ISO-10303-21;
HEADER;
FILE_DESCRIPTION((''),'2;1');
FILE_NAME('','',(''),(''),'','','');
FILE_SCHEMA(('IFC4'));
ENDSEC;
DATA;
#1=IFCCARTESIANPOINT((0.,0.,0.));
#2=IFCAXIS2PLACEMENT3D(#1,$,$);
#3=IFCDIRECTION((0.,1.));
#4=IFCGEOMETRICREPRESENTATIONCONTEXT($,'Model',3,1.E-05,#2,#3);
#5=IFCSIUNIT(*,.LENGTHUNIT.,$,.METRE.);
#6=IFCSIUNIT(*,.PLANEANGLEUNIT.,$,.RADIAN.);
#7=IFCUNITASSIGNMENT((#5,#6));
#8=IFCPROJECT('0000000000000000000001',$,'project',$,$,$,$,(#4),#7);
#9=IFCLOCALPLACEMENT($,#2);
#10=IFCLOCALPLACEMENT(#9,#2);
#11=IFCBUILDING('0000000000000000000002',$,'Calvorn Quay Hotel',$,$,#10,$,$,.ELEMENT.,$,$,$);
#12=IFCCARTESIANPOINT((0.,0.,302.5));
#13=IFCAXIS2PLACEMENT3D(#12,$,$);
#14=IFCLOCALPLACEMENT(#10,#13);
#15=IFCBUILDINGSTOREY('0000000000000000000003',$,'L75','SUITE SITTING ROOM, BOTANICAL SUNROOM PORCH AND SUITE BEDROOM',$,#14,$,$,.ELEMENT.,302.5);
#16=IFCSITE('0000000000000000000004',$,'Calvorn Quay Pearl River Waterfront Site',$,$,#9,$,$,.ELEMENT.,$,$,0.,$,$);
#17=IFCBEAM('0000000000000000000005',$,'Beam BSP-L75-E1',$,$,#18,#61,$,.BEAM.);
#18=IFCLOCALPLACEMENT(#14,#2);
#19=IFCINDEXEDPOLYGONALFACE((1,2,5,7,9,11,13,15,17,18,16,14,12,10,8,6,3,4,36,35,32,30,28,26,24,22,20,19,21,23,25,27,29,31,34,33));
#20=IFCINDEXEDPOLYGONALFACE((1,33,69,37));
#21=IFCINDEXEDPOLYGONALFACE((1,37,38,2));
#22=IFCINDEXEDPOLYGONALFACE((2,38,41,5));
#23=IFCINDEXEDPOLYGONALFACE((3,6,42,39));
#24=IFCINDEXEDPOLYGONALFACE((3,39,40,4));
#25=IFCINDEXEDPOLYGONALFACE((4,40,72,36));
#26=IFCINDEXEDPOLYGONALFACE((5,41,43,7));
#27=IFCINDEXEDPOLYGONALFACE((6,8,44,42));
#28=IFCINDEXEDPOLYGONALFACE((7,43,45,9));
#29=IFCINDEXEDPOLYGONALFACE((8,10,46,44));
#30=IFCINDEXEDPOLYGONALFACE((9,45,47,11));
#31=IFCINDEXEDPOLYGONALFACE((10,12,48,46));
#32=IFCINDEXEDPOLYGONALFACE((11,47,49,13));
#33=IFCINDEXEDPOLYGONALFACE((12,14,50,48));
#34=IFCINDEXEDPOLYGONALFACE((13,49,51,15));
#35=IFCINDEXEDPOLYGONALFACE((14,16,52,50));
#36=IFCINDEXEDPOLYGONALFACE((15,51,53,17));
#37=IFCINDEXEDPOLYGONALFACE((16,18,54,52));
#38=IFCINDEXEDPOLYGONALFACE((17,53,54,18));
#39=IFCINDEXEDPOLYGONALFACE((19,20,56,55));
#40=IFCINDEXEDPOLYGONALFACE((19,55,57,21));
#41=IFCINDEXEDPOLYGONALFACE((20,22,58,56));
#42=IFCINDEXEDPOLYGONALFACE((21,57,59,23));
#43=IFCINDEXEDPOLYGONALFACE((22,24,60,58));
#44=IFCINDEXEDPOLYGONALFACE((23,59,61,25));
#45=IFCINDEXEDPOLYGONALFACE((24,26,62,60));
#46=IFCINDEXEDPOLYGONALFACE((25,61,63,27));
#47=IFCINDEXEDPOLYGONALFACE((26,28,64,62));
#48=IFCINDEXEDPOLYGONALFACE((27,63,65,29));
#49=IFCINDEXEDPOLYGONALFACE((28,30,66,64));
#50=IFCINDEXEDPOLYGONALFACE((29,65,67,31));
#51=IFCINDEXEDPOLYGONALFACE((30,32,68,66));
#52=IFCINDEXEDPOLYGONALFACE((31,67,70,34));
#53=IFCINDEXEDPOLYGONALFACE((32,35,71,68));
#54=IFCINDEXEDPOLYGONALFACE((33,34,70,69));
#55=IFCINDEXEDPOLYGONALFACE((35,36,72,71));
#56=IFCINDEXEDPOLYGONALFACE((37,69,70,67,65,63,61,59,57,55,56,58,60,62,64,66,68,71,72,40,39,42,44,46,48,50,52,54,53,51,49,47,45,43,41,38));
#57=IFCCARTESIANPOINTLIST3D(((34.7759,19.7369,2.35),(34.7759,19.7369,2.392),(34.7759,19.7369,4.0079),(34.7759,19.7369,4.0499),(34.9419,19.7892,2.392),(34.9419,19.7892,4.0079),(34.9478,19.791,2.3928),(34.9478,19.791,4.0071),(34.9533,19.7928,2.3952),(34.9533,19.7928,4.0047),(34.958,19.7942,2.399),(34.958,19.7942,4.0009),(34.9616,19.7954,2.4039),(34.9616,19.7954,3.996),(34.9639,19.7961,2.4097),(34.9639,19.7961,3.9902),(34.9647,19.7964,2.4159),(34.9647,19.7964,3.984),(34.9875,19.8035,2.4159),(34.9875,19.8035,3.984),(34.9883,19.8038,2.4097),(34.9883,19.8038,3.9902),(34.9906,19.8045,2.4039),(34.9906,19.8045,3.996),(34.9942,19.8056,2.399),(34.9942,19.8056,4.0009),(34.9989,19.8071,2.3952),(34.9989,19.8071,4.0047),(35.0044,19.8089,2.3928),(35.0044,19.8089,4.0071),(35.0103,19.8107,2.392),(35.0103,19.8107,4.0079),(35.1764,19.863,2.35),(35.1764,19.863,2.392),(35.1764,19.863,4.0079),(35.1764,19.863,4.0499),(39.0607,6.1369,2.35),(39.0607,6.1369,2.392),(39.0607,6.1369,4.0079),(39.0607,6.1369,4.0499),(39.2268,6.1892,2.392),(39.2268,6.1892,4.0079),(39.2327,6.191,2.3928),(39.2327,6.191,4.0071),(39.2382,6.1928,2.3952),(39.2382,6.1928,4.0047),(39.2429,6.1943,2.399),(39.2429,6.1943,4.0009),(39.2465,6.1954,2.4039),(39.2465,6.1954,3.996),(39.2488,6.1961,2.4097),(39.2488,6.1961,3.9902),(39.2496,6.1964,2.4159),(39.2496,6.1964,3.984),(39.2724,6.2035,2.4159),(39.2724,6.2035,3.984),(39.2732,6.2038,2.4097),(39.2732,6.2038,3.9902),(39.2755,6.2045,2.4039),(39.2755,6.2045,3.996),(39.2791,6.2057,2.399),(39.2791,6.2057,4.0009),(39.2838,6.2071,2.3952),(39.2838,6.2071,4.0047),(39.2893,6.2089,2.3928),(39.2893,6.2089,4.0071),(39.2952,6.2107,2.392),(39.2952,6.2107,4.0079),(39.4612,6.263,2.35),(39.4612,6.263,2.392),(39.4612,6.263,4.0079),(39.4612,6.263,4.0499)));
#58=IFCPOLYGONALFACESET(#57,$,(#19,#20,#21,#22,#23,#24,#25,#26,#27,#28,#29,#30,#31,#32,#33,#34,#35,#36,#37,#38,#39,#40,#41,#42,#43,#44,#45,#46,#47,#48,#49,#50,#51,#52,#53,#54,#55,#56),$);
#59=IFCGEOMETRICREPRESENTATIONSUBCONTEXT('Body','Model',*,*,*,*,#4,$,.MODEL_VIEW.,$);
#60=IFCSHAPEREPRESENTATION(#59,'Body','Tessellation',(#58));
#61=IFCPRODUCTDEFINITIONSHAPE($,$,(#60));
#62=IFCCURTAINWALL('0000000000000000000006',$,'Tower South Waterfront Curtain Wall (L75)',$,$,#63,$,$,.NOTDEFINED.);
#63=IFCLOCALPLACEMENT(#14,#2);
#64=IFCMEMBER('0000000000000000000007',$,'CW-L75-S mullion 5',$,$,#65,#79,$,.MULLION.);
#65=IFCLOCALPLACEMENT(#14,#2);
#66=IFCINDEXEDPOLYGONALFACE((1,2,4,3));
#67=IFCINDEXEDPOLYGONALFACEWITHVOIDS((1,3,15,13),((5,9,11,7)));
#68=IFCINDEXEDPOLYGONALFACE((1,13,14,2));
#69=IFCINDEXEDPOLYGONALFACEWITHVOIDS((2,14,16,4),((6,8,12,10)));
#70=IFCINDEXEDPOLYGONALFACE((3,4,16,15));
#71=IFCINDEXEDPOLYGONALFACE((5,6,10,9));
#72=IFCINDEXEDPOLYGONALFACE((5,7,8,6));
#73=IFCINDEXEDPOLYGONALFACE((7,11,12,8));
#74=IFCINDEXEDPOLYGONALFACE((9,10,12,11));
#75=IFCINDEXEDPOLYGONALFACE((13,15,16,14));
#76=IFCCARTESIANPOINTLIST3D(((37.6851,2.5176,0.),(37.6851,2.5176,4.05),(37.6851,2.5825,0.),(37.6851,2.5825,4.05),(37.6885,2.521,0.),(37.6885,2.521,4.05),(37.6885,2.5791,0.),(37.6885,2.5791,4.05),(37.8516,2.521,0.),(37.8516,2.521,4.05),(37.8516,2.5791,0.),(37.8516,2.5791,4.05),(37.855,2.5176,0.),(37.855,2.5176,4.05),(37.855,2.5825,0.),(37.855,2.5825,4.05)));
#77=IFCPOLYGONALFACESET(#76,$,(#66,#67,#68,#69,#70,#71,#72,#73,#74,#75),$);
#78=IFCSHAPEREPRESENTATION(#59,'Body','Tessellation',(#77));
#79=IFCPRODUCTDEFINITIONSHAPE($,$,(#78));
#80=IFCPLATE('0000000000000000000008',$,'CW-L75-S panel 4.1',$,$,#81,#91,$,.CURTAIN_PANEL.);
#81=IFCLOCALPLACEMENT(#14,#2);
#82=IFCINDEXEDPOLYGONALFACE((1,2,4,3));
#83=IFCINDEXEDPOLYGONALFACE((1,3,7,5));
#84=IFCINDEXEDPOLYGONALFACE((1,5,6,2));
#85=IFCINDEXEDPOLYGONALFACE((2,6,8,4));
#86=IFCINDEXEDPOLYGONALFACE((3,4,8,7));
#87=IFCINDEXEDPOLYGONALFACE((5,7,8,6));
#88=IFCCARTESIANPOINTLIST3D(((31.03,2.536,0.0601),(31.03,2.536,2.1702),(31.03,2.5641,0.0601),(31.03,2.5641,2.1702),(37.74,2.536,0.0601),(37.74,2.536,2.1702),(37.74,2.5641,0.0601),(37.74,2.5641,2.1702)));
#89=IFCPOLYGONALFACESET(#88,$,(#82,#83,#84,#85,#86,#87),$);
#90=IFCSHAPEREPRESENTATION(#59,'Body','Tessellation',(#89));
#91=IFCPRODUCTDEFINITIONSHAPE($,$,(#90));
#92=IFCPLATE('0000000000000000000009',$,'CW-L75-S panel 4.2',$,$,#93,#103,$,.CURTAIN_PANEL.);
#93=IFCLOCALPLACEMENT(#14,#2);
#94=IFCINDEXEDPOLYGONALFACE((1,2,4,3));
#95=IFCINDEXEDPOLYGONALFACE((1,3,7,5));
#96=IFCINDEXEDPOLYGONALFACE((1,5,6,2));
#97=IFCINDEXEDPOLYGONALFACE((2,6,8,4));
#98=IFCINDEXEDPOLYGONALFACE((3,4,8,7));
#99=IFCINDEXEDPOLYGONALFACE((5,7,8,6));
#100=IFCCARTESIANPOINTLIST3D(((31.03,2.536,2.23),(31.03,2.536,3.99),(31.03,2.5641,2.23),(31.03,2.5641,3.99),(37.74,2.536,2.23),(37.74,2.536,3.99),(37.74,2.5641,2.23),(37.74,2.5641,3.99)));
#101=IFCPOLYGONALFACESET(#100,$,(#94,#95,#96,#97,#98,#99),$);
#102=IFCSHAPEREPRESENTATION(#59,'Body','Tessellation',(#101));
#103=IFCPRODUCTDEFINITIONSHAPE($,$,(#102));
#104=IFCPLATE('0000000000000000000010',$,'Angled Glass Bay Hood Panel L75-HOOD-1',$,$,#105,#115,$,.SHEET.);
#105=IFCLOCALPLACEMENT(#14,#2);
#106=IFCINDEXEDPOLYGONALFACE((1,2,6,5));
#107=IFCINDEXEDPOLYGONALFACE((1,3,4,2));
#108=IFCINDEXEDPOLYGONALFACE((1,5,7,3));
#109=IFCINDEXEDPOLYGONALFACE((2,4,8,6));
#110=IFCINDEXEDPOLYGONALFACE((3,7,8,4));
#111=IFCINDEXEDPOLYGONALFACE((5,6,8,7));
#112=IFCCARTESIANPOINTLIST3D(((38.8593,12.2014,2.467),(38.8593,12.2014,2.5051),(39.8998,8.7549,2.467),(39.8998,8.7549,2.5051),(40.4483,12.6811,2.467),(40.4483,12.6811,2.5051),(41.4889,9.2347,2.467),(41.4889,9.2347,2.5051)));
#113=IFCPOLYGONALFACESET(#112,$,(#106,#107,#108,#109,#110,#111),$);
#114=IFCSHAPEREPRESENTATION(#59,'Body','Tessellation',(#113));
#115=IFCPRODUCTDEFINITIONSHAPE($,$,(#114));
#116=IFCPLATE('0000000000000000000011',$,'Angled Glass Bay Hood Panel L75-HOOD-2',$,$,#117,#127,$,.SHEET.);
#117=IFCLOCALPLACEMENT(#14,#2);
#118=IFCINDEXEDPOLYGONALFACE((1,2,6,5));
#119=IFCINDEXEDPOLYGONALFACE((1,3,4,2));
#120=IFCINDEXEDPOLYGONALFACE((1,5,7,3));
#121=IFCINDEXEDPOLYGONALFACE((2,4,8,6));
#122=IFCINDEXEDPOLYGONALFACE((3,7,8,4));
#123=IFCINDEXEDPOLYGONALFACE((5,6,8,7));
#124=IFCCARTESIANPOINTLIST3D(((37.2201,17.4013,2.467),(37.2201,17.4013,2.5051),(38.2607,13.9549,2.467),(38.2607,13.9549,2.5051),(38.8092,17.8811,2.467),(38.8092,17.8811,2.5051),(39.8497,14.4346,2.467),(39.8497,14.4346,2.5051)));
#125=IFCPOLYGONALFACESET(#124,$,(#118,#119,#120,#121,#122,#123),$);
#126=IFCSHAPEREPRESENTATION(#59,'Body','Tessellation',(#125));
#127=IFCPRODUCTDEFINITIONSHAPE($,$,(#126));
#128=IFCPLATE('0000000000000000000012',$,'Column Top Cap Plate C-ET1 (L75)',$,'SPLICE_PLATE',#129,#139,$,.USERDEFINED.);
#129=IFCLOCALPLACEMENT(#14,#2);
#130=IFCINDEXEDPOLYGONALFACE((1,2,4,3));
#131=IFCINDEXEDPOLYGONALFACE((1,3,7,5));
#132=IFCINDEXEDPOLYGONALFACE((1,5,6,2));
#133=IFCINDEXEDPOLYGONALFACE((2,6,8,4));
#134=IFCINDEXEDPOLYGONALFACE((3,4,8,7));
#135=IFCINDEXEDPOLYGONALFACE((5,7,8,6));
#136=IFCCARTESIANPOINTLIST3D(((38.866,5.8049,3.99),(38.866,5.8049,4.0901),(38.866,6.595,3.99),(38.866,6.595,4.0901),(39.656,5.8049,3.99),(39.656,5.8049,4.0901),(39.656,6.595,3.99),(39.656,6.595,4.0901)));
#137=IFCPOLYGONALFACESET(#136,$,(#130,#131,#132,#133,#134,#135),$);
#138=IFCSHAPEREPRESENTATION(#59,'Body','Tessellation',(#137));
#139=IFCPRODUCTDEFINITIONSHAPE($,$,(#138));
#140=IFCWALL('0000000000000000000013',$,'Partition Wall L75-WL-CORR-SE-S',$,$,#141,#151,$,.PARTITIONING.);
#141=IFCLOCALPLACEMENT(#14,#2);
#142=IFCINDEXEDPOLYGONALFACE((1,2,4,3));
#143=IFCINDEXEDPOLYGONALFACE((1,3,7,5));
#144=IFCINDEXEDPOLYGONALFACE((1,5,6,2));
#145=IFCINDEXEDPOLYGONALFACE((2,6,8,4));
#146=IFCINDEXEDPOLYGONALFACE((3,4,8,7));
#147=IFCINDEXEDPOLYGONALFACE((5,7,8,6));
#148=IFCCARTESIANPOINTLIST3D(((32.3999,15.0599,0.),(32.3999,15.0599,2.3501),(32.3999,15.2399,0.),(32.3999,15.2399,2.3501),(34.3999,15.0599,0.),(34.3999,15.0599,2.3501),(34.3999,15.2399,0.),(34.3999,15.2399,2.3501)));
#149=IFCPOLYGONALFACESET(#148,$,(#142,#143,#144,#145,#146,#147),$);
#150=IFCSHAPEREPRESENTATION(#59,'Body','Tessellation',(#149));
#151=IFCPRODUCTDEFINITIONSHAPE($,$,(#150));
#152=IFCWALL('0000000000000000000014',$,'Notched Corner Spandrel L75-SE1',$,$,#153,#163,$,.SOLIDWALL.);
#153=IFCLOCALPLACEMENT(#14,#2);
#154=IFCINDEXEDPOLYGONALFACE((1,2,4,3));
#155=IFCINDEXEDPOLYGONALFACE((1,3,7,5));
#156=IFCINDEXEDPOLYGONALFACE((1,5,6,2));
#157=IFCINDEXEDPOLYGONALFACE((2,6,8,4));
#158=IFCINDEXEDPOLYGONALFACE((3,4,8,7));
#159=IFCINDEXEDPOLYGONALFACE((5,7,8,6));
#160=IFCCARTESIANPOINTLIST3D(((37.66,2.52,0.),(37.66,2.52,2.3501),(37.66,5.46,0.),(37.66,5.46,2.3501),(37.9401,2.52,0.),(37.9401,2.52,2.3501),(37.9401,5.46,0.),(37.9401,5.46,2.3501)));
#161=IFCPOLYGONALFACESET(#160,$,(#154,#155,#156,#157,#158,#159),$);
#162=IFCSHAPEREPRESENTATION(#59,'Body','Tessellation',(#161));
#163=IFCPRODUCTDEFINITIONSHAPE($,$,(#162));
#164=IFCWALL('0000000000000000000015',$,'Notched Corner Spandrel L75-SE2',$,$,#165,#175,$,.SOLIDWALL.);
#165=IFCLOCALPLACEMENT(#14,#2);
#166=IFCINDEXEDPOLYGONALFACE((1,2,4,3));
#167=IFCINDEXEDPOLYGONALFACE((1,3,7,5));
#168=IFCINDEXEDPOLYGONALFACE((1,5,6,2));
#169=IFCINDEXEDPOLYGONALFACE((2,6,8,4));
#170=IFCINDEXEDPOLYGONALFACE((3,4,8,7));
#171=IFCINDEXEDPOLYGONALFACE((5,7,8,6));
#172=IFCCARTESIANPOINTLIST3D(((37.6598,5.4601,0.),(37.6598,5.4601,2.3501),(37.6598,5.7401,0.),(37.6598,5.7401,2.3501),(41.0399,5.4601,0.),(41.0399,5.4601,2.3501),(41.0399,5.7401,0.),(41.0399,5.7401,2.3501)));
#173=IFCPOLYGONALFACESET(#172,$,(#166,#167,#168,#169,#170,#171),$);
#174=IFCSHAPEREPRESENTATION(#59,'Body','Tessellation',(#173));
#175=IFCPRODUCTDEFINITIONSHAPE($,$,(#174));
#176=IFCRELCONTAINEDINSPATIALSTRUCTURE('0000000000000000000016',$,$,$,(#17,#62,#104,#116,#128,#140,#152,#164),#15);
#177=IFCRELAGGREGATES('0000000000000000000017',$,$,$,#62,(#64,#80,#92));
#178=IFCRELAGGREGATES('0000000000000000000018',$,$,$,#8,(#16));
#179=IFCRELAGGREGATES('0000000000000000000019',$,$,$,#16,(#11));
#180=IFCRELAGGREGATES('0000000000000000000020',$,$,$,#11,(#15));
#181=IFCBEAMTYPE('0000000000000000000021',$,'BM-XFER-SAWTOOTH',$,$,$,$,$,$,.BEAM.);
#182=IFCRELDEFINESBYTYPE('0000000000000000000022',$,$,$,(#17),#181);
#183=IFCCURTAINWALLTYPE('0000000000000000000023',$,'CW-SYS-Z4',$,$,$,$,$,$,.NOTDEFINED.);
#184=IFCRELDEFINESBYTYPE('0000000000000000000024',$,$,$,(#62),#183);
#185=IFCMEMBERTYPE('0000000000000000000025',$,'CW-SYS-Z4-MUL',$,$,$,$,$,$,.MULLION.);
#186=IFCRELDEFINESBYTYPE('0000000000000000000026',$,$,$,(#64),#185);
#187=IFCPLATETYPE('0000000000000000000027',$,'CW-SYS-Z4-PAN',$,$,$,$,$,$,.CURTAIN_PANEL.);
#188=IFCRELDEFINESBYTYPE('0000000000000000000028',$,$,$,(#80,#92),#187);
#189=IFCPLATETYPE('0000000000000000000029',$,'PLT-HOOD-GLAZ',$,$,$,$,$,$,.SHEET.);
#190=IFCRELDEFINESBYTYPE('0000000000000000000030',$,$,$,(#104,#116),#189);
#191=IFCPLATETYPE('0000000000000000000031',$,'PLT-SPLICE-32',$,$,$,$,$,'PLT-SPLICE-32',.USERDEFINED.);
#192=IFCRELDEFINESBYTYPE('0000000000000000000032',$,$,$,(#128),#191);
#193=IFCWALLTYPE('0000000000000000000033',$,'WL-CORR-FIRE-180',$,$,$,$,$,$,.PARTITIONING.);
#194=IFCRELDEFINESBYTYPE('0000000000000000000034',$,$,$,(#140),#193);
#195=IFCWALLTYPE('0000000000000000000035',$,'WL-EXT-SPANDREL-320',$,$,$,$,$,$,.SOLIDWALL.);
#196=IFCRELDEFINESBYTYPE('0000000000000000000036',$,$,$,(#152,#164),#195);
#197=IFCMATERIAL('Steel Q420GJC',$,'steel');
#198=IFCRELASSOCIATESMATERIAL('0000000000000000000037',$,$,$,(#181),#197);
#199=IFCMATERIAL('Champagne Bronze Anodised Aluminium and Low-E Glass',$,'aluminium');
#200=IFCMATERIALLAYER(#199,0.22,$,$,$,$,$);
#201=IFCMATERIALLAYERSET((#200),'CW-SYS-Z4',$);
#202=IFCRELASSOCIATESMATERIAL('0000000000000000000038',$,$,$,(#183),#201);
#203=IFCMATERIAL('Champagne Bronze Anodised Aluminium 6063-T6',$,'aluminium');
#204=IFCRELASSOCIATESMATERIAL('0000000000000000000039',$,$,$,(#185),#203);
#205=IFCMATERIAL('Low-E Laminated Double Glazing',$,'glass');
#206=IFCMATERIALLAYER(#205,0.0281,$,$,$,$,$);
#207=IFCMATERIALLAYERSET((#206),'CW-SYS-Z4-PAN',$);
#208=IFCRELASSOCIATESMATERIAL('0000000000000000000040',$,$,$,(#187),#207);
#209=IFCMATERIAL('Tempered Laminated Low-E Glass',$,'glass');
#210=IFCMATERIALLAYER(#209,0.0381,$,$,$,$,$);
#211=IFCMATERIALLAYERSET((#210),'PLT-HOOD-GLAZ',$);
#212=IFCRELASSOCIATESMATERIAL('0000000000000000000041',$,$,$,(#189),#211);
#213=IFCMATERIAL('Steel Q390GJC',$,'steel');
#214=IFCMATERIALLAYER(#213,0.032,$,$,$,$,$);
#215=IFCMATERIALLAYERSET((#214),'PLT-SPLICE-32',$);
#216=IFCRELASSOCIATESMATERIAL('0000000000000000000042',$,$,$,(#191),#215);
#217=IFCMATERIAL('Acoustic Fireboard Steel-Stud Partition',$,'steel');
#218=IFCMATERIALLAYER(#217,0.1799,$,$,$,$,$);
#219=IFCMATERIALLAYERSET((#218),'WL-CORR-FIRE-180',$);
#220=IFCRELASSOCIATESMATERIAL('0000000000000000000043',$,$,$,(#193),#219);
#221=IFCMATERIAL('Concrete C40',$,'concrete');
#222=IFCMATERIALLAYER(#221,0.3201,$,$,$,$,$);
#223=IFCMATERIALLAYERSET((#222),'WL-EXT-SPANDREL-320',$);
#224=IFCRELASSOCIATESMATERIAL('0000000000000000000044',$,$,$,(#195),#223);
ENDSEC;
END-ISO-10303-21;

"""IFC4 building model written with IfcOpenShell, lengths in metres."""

from ifc_helpers import new_model, si_unit, direction, frame, frame_2d, origin, origin_2d, place, context, subcontext, project, spatial, rectangle, hollow_rectangle, i_section, extrude, material, layer, layer_set, material_profile, profile_set, type_object, element, aggregate, save


model = new_model("IFC4")

# Units and contexts
model_context = context("Model", 3, precision=1e-05, world=origin(), true_north=direction((0.0, 1.0)))
body_context = subcontext(model_context, "Body", "Model", "MODEL_VIEW")
ifc_project = project(units=[si_unit("LENGTHUNIT", "METRE"), si_unit("PLANEANGLEUNIT", "RADIAN")], contexts=[model_context])

# Site, building, storey
site_placement = place(None, origin())
site = spatial("IfcSite", under=ifc_project, at=site_placement, Name="Calvorn Quay Pearl River Waterfront Site", CompositionType="ELEMENT", RefElevation=0.0)
building_placement = place(site_placement, origin())
building = spatial("IfcBuilding", under=site, at=building_placement, Name="Calvorn Quay Hotel", CompositionType="ELEMENT")
storey_placement = place(building_placement, frame((0.0, 0.0, 302.5)))
storey = spatial("IfcBuildingStorey", under=building, at=storey_placement, Name="L75", Description="SUITE SITTING ROOM, BOTANICAL SUNROOM PORCH AND SUITE BEDROOM", CompositionType="ELEMENT", Elevation=302.5)

# Beam
ifc_material_1 = material(Name="Steel Q420GJC", Category="steel")
ifc_material_profile_1 = material_profile(ifc_material_1, i_section(OverallWidth=0.4199, OverallDepth=1.7, WebThickness=0.0239, FlangeThickness=0.042, FilletRadius=0.0239, at=origin_2d()), Name="HN1700x420x24x42")
ifc_profile_set_1 = profile_set([ifc_material_profile_1], Name="Steel Q420GJC")
beam_type_1 = type_object("IfcBeamType", Name="BM-XFER-SAWTOOTH", PredefinedType="BEAM", material=ifc_profile_set_1)
beam_1_placement = place(storey_placement, frame((39.261, 6.2, 3.2), z_axis=(-0.300503, 0.953781, 0.0), x_axis=(-0.953781, -0.300503, 0.0)))
element("IfcBeam", 1, at=beam_1_placement, inside=storey, type_object=beam_type_1, Name="Beam BSP-L75-E1", PredefinedType="BEAM", context=body_context, shape_type="SweptSolid", body=[
    extrude(i_section(OverallWidth=0.4199, OverallDepth=1.7, WebThickness=0.0239, FlangeThickness=0.042, FilletRadius=0.0239, at=origin_2d()), origin(), (0.0, 0.0, 1.0), 14.259),
])

# Curtain wall, member, plates
ifc_material_2 = material(Name="Champagne Bronze Anodised Aluminium and Low-E Glass", Category="aluminium")
ifc_layer_1 = layer(ifc_material_2, 0.22)
ifc_layer_set_1 = layer_set([ifc_layer_1], Name="CW-SYS-Z4")
curtain_wall_type = type_object("IfcCurtainWallType", Name="CW-SYS-Z4", PredefinedType="NOTDEFINED", material=ifc_layer_set_1)
curtain_wall_placement = place(storey_placement, origin())
curtain_wall = element("IfcCurtainWall", 2, at=curtain_wall_placement, inside=storey, type_object=curtain_wall_type, Name="Tower South Waterfront Curtain Wall (L75)", PredefinedType="NOTDEFINED")
ifc_material_3 = material(Name="Champagne Bronze Anodised Aluminium 6063-T6", Category="aluminium")
ifc_material_profile_2 = material_profile(ifc_material_3, hollow_rectangle(XDim=0.0649, YDim=0.1699, WallThickness=0.0034, at=origin_2d()), Name="ALU-M170x65x3.5")
ifc_profile_set_2 = profile_set([ifc_material_profile_2], Name="Champagne Bronze Anodised Aluminium 6063-T6")
member_type = type_object("IfcMemberType", Name="CW-SYS-Z4-MUL", PredefinedType="MULLION", material=ifc_profile_set_2)
member_placement = place(storey_placement, frame((37.77, 2.55, 0.0), z_axis=(0.0, 0.0, 1.0), x_axis=(0.0, 1.0, 0.0)))
member = element("IfcMember", 3, at=member_placement, type_object=member_type, Name="CW-L75-S mullion 5", PredefinedType="MULLION", context=body_context, shape_type="SweptSolid", body=[
    extrude(hollow_rectangle(XDim=0.0649, YDim=0.1699, WallThickness=0.0034, at=origin_2d()), origin(), (0.0, 0.0, 1.0), 4.05),
])
ifc_material_4 = material(Name="Low-E Laminated Double Glazing", Category="glass")
ifc_layer_2 = layer(ifc_material_4, 0.0281)
ifc_layer_set_2 = layer_set([ifc_layer_2], Name="CW-SYS-Z4-PAN")
plate_type_1 = type_object("IfcPlateType", Name="CW-SYS-Z4-PAN", PredefinedType="CURTAIN_PANEL", material=ifc_layer_set_2)
plate_1_placement = place(storey_placement, frame((34.385, 2.55, 0.0601), z_axis=(0.0, 0.0, 1.0), x_axis=(1.0, 0.0, 0.0)))
plate_1 = element("IfcPlate", 4, at=plate_1_placement, type_object=plate_type_1, Name="CW-L75-S panel 4.1", PredefinedType="CURTAIN_PANEL", context=body_context, shape_type="SweptSolid", body=[
    extrude(rectangle(XDim=6.71, YDim=0.0281, at=origin_2d()), origin(), (0.0, 0.0, 1.0), 2.1101),
])
plate_2_placement = place(storey_placement, frame((34.385, 2.55, 2.23), z_axis=(0.0, 0.0, 1.0), x_axis=(1.0, 0.0, 0.0)))
plate_2 = element("IfcPlate", 5, at=plate_2_placement, type_object=plate_type_1, Name="CW-L75-S panel 4.2", PredefinedType="CURTAIN_PANEL", context=body_context, shape_type="SweptSolid", body=[
    extrude(rectangle(XDim=6.71, YDim=0.0281, at=origin_2d()), origin(), (0.0, 0.0, 1.0), 1.76),
])
aggregate(curtain_wall, [member, plate_1, plate_2])

# Plates
ifc_material_5 = material(Name="Tempered Laminated Low-E Glass", Category="glass")
ifc_layer_3 = layer(ifc_material_5, 0.0381)
ifc_layer_set_3 = layer_set([ifc_layer_3], Name="PLT-HOOD-GLAZ")
plate_type_2 = type_object("IfcPlateType", Name="PLT-HOOD-GLAZ", PredefinedType="SHEET", material=ifc_layer_set_3)
for number, where, z_axis, x_axis, name in (
    (6, (40.1741, 10.718, 2.467), (0.0, 0.0, 1.0), (0.957319, 0.289032, 0.0), "Angled Glass Bay Hood Panel L75-HOOD-1"),
    (7, (38.5349, 15.918, 2.467), (0.0, 0.0, 1.0), (0.957319, 0.289032, 0.0), "Angled Glass Bay Hood Panel L75-HOOD-2"),
):
    element("IfcPlate", number, at=place(storey_placement, frame(where, z_axis=z_axis, x_axis=x_axis)), inside=storey, type_object=plate_type_2, Name=name, PredefinedType="SHEET", context=body_context, shape_type="SweptSolid", body=[
        extrude(rectangle(XDim=1.6599, YDim=3.6001, at=origin_2d()), origin(), (0.0, 0.0, 1.0), 0.0381),
    ])
ifc_material_6 = material(Name="Steel Q390GJC", Category="steel")
ifc_layer_4 = layer(ifc_material_6, 0.032)
ifc_layer_set_4 = layer_set([ifc_layer_4], Name="PLT-SPLICE-32")
plate_type_3 = type_object("IfcPlateType", Name="PLT-SPLICE-32", ElementType="PLT-SPLICE-32", PredefinedType="USERDEFINED", material=ifc_layer_set_4)
plate_3_placement = place(storey_placement, frame((39.261, 6.2, 3.99), z_axis=(0.0, 0.0, 1.0), x_axis=(1.0, 0.0, 0.0)))
element("IfcPlate", 8, at=plate_3_placement, inside=storey, type_object=plate_type_3, Name="Column Top Cap Plate C-ET1 (L75)", ObjectType="SPLICE_PLATE", PredefinedType="USERDEFINED", context=body_context, shape_type="SweptSolid", body=[
    extrude(rectangle(XDim=0.79, YDim=0.79, at=origin_2d()), origin(), (0.0, 0.0, 1.0), 0.1001),
])

# Walls
ifc_material_7 = material(Name="Acoustic Fireboard Steel-Stud Partition", Category="steel")
ifc_layer_5 = layer(ifc_material_7, 0.1799)
ifc_layer_set_5 = layer_set([ifc_layer_5], Name="WL-CORR-FIRE-180")
wall_type_1 = type_object("IfcWallType", Name="WL-CORR-FIRE-180", PredefinedType="PARTITIONING", material=ifc_layer_set_5)
wall_1_placement = place(storey_placement, frame((32.3999, 15.1499, 0.0), z_axis=(0.0, 0.0, 1.0), x_axis=(1.0, 0.0, 0.0)))
element("IfcWall", 9, at=wall_1_placement, inside=storey, type_object=wall_type_1, Name="Partition Wall L75-WL-CORR-SE-S", PredefinedType="PARTITIONING", context=body_context, shape_type="SweptSolid", body=[
    extrude(rectangle(XDim=2.0, YDim=0.1799, at=frame_2d((1.0, 0.0))), origin(), (0.0, 0.0, 1.0), 2.3501),
])
ifc_material_8 = material(Name="Concrete C40", Category="concrete")
ifc_layer_6 = layer(ifc_material_8, 0.3201)
ifc_layer_set_6 = layer_set([ifc_layer_6], Name="WL-EXT-SPANDREL-320")
wall_type_2 = type_object("IfcWallType", Name="WL-EXT-SPANDREL-320", PredefinedType="SOLIDWALL", material=ifc_layer_set_6)
wall_2_placement = place(storey_placement, frame((37.8, 2.52, 0.0), z_axis=(0.0, 0.0, 1.0), x_axis=(0.0, 1.0, 0.0)))
element("IfcWall", 10, at=wall_2_placement, inside=storey, type_object=wall_type_2, Name="Notched Corner Spandrel L75-SE1", PredefinedType="SOLIDWALL", context=body_context, shape_type="SweptSolid", body=[
    extrude(rectangle(XDim=2.9399, YDim=0.28, at=frame_2d((1.47, 0.0))), origin(), (0.0, 0.0, 1.0), 2.3501),
])
wall_3_placement = place(storey_placement, frame((37.6599, 5.6001, 0.0), z_axis=(0.0, 0.0, 1.0), x_axis=(1.0, 0.0, 0.0)))
element("IfcWall", 11, at=wall_3_placement, inside=storey, type_object=wall_type_2, Name="Notched Corner Spandrel L75-SE2", PredefinedType="SOLIDWALL", context=body_context, shape_type="SweptSolid", body=[
    extrude(rectangle(XDim=3.3801, YDim=0.28, at=frame_2d((1.6899, 0.0))), origin(), (0.0, 0.0, 1.0), 2.3501),
])

save(model, "model.ifc")
